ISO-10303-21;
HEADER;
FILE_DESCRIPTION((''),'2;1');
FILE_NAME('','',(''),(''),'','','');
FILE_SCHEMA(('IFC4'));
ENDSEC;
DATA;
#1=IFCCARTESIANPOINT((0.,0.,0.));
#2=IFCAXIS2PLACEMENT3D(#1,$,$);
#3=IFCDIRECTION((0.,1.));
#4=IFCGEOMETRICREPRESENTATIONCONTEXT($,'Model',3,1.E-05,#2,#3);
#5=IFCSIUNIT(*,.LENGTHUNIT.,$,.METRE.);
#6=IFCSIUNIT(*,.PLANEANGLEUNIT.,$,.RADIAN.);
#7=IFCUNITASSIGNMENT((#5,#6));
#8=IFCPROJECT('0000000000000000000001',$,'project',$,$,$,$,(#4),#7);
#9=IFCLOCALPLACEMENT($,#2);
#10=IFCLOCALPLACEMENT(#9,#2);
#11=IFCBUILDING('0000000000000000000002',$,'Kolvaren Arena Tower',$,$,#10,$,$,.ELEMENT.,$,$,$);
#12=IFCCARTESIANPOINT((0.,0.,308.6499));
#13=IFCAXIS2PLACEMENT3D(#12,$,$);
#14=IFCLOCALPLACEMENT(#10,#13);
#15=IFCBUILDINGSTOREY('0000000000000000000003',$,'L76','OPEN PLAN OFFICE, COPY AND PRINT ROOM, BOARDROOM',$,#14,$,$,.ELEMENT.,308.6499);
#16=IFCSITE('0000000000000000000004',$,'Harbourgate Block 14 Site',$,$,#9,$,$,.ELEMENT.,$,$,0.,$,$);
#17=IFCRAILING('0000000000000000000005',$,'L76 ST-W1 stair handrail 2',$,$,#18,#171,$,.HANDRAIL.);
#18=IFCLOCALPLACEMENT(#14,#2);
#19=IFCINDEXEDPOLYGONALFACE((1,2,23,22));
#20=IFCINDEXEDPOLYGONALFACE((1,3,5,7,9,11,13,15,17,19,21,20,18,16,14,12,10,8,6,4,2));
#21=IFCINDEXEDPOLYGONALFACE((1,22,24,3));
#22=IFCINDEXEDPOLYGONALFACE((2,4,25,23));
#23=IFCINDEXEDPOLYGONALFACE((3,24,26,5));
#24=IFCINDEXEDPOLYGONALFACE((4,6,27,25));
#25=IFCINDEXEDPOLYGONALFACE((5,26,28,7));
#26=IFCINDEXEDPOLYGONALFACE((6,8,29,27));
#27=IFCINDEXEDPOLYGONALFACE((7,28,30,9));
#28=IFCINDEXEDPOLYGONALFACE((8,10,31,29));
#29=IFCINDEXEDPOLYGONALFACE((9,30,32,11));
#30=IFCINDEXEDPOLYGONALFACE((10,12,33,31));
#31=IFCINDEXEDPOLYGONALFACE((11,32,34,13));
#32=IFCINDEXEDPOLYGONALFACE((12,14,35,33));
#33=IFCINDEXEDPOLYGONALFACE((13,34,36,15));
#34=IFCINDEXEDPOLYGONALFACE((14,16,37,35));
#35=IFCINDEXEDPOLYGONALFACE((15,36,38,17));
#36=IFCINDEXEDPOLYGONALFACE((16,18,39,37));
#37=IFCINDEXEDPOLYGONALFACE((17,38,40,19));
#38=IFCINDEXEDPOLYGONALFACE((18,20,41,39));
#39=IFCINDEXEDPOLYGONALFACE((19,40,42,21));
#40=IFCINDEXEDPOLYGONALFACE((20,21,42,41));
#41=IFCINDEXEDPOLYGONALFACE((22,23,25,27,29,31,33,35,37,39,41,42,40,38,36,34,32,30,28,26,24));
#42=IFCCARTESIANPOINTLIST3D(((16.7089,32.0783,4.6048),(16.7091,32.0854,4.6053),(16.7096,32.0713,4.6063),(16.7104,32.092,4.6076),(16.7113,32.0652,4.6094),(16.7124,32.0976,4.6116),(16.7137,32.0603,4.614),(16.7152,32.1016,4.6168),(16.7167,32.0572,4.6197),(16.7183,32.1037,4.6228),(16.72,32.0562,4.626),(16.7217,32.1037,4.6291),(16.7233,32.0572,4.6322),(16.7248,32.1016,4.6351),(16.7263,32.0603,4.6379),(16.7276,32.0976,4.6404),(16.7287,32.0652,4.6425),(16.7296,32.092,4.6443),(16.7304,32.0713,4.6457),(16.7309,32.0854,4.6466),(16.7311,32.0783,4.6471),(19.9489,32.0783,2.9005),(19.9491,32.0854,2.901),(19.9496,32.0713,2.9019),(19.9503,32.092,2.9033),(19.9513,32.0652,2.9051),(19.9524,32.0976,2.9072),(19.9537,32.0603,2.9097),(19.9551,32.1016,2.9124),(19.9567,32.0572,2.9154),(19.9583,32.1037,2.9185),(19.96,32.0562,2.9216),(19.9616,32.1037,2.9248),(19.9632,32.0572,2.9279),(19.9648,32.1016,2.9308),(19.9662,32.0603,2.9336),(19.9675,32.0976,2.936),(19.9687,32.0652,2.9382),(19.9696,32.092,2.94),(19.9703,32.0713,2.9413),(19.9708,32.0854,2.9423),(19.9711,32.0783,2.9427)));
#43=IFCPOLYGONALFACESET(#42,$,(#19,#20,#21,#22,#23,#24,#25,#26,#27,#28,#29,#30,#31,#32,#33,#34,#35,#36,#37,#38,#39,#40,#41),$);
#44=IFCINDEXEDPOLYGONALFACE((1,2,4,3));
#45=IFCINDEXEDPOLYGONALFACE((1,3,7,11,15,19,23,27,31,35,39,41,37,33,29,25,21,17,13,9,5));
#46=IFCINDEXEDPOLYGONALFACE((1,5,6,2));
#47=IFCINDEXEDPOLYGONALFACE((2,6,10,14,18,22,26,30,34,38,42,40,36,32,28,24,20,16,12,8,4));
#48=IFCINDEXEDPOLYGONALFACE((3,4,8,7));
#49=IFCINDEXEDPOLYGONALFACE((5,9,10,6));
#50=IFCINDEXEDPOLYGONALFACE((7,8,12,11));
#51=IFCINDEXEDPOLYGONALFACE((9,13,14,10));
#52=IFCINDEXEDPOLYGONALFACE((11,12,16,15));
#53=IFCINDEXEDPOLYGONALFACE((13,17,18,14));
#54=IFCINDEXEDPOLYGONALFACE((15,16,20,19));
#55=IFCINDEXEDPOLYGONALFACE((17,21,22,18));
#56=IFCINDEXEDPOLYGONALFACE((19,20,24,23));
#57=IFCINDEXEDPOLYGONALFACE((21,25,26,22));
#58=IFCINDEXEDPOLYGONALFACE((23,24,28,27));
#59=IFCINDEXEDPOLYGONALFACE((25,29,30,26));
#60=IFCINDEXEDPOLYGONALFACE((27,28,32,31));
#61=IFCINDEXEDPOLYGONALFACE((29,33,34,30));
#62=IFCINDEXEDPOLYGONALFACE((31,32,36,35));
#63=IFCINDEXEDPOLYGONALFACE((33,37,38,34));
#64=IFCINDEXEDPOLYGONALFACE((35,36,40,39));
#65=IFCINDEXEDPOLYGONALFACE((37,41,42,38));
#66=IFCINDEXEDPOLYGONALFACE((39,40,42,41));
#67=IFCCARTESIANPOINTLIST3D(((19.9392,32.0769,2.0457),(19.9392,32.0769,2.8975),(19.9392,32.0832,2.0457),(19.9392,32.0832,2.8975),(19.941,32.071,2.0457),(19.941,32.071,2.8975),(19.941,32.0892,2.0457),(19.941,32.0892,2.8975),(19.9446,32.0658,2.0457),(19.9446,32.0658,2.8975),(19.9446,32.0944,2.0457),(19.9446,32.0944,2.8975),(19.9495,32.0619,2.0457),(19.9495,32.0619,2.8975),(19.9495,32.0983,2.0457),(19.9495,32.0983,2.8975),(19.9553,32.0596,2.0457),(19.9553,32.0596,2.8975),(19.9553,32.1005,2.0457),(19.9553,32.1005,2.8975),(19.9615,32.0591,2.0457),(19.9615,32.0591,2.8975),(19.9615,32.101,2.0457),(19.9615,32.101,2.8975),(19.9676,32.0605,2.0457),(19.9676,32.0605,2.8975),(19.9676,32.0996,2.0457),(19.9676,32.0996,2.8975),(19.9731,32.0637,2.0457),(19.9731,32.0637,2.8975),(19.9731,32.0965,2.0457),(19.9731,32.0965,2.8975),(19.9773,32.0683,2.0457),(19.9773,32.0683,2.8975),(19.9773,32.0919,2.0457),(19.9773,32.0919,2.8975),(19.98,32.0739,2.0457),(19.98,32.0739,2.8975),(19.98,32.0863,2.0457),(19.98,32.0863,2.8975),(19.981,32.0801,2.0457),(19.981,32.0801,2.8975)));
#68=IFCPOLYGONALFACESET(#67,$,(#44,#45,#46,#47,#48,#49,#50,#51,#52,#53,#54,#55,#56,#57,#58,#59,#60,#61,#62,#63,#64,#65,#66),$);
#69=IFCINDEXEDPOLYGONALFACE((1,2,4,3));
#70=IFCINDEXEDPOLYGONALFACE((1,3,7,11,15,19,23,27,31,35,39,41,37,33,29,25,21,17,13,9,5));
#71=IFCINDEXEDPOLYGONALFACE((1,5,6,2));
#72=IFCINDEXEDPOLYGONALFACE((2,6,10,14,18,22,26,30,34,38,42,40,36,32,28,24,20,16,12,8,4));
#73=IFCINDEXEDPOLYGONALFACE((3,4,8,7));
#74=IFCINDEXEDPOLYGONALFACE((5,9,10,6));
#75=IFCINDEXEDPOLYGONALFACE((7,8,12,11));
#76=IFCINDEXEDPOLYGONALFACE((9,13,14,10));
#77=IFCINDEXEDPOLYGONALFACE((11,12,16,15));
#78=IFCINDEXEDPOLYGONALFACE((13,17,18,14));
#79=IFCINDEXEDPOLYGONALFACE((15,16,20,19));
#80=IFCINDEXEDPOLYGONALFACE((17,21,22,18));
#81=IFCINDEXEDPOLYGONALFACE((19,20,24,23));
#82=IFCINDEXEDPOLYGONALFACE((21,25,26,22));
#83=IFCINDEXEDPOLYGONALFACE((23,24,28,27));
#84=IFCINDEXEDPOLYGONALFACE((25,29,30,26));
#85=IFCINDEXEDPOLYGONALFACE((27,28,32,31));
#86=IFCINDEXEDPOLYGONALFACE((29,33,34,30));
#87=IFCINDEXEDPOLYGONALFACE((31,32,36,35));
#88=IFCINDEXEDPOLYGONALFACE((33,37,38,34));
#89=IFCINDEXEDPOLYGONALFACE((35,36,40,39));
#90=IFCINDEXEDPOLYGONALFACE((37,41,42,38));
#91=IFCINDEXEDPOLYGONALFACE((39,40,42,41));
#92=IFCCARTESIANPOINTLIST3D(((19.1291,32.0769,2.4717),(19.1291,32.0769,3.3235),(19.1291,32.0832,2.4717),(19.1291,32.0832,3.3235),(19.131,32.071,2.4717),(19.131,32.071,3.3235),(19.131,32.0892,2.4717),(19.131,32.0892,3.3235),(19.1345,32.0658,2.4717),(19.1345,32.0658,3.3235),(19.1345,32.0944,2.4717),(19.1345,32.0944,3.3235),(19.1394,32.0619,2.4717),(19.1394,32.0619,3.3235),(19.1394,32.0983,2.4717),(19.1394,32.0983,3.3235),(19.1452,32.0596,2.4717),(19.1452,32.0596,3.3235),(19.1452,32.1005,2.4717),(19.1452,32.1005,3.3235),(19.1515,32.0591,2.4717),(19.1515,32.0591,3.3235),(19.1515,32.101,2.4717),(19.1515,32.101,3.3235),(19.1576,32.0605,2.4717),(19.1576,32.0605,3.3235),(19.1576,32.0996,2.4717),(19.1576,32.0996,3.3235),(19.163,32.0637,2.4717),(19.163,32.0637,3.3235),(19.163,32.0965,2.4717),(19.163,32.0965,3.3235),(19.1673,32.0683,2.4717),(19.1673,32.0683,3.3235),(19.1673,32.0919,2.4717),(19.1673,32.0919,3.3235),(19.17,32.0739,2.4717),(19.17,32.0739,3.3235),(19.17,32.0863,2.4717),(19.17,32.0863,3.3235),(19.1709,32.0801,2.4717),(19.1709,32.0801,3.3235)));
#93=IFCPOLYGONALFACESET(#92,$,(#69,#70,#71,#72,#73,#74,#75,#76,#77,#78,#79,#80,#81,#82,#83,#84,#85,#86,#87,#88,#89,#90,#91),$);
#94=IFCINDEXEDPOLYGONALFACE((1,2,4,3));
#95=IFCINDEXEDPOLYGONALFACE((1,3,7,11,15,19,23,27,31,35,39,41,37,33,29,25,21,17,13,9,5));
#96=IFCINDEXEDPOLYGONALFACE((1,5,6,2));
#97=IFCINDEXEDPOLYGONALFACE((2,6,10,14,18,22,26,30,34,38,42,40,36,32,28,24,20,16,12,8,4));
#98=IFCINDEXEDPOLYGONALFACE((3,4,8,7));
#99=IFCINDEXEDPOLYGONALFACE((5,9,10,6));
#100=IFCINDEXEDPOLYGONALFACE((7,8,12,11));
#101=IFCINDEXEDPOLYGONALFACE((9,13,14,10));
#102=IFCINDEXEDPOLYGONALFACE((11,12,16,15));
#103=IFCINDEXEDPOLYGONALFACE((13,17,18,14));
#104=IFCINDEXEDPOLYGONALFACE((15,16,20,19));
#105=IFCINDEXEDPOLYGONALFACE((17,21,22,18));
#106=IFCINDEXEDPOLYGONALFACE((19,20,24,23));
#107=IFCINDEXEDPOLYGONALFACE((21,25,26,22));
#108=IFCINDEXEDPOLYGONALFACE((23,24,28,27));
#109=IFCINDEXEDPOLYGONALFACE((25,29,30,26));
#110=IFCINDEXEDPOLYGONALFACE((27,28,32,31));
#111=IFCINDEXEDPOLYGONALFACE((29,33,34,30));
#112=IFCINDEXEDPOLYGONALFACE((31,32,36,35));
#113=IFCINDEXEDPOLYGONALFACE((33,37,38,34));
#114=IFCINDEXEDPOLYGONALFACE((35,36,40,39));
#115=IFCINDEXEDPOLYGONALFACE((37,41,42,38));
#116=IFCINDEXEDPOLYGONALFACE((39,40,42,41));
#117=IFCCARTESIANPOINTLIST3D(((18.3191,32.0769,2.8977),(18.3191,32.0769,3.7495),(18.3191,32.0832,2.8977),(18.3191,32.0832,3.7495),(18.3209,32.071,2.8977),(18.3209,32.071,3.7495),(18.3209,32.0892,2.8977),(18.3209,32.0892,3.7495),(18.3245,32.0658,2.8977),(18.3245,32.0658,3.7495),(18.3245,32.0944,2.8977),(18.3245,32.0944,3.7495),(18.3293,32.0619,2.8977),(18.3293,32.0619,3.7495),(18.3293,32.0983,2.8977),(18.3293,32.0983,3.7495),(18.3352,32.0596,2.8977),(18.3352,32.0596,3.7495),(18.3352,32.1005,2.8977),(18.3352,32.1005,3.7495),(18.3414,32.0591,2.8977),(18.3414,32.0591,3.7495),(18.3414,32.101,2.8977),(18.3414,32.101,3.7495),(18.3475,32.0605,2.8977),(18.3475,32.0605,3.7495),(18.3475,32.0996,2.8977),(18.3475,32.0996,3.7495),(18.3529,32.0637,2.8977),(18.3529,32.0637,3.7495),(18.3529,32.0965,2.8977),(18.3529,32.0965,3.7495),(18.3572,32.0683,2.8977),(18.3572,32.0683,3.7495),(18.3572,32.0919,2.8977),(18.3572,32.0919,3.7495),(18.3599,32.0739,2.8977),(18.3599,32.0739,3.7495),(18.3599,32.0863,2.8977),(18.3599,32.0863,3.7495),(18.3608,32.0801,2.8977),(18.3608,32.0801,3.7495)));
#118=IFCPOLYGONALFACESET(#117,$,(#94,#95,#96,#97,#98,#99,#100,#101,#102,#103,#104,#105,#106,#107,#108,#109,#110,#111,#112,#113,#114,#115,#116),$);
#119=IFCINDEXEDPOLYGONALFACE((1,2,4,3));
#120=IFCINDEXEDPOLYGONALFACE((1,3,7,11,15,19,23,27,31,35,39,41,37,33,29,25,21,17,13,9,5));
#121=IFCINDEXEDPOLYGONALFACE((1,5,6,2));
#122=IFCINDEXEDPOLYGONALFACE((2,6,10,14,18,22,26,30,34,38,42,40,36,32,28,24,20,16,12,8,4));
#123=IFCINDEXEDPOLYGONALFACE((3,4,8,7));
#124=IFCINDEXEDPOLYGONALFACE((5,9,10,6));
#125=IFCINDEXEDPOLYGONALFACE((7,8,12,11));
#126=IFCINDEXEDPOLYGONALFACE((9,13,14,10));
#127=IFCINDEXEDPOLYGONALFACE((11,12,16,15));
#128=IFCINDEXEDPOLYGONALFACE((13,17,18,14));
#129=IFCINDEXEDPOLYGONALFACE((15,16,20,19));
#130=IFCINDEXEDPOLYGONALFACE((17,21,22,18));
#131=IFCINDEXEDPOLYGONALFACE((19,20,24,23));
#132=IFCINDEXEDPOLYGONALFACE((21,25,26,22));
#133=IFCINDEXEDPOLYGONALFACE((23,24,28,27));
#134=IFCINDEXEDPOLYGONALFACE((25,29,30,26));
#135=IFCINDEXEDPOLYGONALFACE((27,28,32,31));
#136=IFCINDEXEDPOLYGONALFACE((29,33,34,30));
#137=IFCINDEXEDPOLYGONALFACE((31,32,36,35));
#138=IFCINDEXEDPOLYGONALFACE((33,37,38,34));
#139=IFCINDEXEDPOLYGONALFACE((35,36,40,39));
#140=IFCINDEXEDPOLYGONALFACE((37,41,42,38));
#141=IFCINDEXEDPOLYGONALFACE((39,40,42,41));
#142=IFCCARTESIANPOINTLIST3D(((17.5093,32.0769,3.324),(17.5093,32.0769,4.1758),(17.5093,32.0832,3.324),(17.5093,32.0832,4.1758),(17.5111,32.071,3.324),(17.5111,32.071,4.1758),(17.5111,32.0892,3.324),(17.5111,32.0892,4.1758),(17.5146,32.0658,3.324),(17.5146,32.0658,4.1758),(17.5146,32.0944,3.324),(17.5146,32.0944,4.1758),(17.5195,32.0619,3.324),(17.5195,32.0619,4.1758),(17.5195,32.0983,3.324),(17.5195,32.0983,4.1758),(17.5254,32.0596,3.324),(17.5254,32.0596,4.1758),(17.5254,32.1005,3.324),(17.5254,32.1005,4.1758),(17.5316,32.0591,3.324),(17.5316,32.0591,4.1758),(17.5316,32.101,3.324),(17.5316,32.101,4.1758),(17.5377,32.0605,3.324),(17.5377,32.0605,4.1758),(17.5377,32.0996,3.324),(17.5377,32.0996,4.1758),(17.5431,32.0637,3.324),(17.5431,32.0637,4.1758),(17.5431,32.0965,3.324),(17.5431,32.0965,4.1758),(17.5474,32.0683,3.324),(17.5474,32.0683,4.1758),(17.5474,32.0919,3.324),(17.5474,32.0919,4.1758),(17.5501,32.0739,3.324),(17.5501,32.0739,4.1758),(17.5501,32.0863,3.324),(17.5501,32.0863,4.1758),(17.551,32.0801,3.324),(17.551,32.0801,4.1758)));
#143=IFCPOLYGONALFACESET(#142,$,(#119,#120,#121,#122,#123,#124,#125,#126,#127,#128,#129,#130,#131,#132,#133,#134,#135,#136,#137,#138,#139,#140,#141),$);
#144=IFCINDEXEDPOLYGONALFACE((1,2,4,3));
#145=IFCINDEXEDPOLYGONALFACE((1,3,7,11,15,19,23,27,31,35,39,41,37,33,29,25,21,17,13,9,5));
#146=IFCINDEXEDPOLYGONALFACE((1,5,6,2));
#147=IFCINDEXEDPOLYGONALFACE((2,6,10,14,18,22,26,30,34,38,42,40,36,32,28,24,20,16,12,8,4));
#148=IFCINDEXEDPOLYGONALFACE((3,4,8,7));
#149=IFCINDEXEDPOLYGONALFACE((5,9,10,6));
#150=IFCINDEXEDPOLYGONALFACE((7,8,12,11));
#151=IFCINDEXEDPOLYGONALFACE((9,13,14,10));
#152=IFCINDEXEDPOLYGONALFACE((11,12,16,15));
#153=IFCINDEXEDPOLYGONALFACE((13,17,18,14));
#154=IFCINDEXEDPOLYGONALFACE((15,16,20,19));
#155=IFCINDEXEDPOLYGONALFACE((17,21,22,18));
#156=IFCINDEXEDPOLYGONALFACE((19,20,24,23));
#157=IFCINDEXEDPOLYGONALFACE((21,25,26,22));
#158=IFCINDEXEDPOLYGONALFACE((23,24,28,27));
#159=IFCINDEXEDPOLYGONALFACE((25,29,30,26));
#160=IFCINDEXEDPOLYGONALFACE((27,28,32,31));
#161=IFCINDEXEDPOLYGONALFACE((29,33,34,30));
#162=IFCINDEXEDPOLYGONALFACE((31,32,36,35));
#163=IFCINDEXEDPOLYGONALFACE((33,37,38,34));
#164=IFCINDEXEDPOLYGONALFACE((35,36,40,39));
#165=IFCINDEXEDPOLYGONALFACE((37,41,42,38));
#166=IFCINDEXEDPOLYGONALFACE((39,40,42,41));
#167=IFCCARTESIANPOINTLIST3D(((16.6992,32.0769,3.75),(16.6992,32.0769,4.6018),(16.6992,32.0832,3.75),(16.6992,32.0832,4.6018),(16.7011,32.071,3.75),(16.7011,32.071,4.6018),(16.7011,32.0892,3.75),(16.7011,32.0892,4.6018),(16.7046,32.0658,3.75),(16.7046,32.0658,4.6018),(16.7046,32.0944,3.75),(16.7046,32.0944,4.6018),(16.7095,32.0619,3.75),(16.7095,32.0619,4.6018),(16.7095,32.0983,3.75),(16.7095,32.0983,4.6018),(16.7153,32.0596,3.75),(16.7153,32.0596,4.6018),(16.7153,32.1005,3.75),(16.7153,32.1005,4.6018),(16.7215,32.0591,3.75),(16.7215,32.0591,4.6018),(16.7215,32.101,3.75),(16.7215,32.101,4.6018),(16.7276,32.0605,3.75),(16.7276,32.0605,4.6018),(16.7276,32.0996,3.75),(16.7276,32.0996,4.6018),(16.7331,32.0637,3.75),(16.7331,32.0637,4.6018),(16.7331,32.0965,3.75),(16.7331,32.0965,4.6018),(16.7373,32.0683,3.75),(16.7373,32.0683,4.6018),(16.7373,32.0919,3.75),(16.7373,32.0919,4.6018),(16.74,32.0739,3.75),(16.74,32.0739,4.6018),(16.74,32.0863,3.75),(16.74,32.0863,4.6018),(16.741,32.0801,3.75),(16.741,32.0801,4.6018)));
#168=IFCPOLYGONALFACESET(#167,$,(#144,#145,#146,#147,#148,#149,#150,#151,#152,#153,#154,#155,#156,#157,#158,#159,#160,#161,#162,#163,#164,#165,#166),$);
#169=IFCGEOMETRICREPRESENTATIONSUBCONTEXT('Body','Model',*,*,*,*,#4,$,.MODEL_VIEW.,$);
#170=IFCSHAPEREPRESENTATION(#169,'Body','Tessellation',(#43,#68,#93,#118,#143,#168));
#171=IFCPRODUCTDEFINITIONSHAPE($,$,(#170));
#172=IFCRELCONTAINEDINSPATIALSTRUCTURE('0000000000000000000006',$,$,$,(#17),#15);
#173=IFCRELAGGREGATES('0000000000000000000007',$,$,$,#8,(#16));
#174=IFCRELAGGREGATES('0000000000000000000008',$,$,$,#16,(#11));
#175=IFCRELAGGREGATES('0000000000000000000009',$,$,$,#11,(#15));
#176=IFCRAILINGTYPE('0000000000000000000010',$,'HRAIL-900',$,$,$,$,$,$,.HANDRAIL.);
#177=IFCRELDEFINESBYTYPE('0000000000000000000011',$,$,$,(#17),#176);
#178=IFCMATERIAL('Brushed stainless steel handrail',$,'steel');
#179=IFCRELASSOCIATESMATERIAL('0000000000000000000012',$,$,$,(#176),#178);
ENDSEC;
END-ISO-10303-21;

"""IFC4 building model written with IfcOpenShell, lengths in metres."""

from ifc_helpers import new_model, si_unit, direction, frame, origin, origin_2d, place, context, subcontext, project, spatial, circle, extrude, material, type_object, element, save


model = new_model("IFC4")

# Units and contexts
model_context = context("Model", 3, precision=1e-05, world=origin(), true_north=direction((0.0, 1.0)))
body_context = subcontext(model_context, "Body", "Model", "MODEL_VIEW")
ifc_project = project(units=[si_unit("LENGTHUNIT", "METRE"), si_unit("PLANEANGLEUNIT", "RADIAN")], contexts=[model_context])

# Site, building, storey
site_placement = place(None, origin())
site = spatial("IfcSite", under=ifc_project, at=site_placement, Name="Harbourgate Block 14 Site", CompositionType="ELEMENT", RefElevation=0.0)
building_placement = place(site_placement, origin())
building = spatial("IfcBuilding", under=site, at=building_placement, Name="Kolvaren Arena Tower", CompositionType="ELEMENT")
storey_placement = place(building_placement, frame((0.0, 0.0, 308.6499)))
storey = spatial("IfcBuildingStorey", under=building, at=storey_placement, Name="L76", Description="OPEN PLAN OFFICE, COPY AND PRINT ROOM, BOARDROOM", CompositionType="ELEMENT", Elevation=308.6499)

# Railing
ifc_material_1 = material(Name="Brushed stainless steel handrail", Category="steel")
railing_type_1 = type_object("IfcRailingType", Name="HRAIL-900", PredefinedType="HANDRAIL", material=ifc_material_1)
railing_1_placement = place(storey_placement, frame((19.96, 32.0801, 2.0457)))
element("IfcRailing", 1, at=railing_1_placement, inside=storey, type_object=railing_type_1, Name="L76 ST-W1 stair handrail 2", PredefinedType="HANDRAIL", context=body_context, shape_type="SweptSolid", body=[
    extrude(circle(Radius=0.0239, at=origin_2d()), frame((0.0, 0.0, 0.876), z_axis=(-0.885021, 0.0, 0.465551), x_axis=(0.0, -1.0, 0.0)), (0.0, 0.0, 1.0), 3.6609),
    extrude(circle(Radius=0.021, at=origin_2d()), origin(), (0.0, 0.0, 1.0), 0.8518),
    extrude(circle(Radius=0.021, at=origin_2d()), frame((-0.8101, 0.0, 0.426)), (0.0, 0.0, 1.0), 0.8518),
    extrude(circle(Radius=0.021, at=origin_2d()), frame((-1.6201, 0.0, 0.8521)), (0.0, 0.0, 1.0), 0.8518),
    extrude(circle(Radius=0.021, at=origin_2d()), frame((-2.4299, 0.0, 1.2783)), (0.0, 0.0, 1.0), 0.8518),
    extrude(circle(Radius=0.021, at=origin_2d()), frame((-3.24, 0.0, 1.7043)), (0.0, 0.0, 1.0), 0.8518),
])

save(model, "model.ifc")
